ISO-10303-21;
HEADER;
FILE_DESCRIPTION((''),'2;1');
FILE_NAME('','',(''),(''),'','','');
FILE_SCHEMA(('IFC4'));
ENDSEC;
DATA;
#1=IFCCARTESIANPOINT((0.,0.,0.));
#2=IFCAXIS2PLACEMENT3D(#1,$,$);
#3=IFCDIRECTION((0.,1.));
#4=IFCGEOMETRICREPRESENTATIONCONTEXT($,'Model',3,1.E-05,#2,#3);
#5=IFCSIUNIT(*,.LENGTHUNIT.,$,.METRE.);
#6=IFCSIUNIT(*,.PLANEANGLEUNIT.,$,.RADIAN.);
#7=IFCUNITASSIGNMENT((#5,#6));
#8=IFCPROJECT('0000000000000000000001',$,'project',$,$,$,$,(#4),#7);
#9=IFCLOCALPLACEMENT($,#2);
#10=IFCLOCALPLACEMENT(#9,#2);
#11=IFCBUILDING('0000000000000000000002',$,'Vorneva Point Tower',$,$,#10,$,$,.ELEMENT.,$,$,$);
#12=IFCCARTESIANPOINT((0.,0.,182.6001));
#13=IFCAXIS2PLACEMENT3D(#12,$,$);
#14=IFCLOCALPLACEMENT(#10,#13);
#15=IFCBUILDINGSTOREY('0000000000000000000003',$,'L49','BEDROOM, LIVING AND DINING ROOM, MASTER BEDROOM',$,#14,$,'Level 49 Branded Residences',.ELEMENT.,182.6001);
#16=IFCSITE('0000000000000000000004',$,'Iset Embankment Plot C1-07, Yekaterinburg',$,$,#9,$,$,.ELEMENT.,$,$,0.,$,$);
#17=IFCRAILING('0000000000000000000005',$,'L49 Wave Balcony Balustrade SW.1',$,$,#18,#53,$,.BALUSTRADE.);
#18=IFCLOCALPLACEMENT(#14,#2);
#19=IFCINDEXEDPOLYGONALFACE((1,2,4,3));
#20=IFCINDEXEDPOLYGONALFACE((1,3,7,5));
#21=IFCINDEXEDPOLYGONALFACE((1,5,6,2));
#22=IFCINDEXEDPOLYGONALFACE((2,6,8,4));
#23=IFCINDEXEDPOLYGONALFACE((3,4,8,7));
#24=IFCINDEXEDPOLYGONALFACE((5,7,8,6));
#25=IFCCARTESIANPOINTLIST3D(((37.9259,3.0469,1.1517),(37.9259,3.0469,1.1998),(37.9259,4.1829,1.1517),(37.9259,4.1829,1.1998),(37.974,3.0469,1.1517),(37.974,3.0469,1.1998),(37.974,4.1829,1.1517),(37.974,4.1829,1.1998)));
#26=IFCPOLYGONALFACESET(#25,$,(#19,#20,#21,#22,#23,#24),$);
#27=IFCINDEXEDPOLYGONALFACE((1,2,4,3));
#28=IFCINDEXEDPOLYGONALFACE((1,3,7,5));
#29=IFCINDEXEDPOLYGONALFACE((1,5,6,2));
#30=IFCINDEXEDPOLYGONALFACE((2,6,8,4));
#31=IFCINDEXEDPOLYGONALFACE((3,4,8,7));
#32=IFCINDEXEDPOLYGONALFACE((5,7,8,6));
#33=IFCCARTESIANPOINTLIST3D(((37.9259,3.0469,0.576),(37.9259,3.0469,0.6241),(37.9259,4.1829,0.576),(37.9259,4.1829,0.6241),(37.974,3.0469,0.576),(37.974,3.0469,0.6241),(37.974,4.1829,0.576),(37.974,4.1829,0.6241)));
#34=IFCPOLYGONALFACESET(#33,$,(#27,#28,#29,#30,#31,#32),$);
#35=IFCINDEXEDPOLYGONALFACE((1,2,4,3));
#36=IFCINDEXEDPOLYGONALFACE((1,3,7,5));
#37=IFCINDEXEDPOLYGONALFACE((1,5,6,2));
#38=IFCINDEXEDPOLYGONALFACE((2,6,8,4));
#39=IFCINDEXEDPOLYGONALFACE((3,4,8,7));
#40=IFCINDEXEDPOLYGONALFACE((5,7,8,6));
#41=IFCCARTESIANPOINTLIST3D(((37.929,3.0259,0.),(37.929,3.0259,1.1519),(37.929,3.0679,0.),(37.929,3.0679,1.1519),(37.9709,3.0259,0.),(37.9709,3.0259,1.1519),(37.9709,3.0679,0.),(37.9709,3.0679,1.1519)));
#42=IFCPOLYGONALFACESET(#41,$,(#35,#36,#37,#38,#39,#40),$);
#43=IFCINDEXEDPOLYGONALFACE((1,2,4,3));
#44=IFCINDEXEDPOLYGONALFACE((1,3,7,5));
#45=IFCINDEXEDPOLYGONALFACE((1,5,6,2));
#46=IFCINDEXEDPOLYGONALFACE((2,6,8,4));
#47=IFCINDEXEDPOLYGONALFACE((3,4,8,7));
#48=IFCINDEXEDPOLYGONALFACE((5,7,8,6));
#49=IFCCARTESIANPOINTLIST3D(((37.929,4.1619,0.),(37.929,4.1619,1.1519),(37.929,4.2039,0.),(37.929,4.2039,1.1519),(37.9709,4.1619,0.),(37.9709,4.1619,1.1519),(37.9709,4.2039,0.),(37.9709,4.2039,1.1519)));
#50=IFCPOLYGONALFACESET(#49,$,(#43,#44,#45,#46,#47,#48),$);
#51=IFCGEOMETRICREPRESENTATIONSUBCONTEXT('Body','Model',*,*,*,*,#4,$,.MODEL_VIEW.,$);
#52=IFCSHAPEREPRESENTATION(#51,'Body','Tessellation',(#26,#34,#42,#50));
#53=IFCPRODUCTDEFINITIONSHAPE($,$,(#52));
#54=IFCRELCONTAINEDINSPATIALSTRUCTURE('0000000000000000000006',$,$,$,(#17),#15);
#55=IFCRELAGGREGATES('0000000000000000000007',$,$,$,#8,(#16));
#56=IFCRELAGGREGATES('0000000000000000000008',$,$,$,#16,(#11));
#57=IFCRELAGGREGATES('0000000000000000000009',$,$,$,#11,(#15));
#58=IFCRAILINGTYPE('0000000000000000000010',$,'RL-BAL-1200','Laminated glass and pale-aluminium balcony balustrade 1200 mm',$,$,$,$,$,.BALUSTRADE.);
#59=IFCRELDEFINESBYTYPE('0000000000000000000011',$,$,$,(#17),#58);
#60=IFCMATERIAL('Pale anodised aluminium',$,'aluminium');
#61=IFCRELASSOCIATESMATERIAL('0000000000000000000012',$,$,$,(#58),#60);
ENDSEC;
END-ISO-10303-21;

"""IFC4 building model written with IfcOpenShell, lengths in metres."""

from ifc_helpers import new_model, si_unit, direction, frame, origin, origin_2d, place, context, subcontext, project, spatial, rectangle, extrude, material, type_object, element, save


model = new_model("IFC4")

# Units and contexts
model_context = context("Model", 3, precision=1e-05, world=origin(), true_north=direction((0.0, 1.0)))
body_context = subcontext(model_context, "Body", "Model", "MODEL_VIEW")
ifc_project = project(units=[si_unit("LENGTHUNIT", "METRE"), si_unit("PLANEANGLEUNIT", "RADIAN")], contexts=[model_context])

# Site, building, storey
site_placement = place(None, origin())
site = spatial("IfcSite", under=ifc_project, at=site_placement, Name="Iset Embankment Plot C1-07, Yekaterinburg", CompositionType="ELEMENT", RefElevation=0.0)
building_placement = place(site_placement, origin())
building = spatial("IfcBuilding", under=site, at=building_placement, Name="Vorneva Point Tower", CompositionType="ELEMENT")
storey_placement = place(building_placement, frame((0.0, 0.0, 182.6001)))
storey = spatial("IfcBuildingStorey", under=building, at=storey_placement, Name="L49", Description="BEDROOM, LIVING AND DINING ROOM, MASTER BEDROOM", LongName="Level 49 Branded Residences", CompositionType="ELEMENT", Elevation=182.6001)

# Shared definitions
ifc_material_1 = material(Name="Pale anodised aluminium", Category="aluminium")

# Railing
railing_type = type_object("IfcRailingType", Name="RL-BAL-1200", Description="Laminated glass and pale-aluminium balcony balustrade 1200 mm", PredefinedType="BALUSTRADE", material=ifc_material_1)
railing_placement = place(storey_placement, frame((37.95, 3.0469, 0.0)))
element("IfcRailing", 1, at=railing_placement, inside=storey, type_object=railing_type, Name="L49 Wave Balcony Balustrade SW.1", PredefinedType="BALUSTRADE", context=body_context, shape_type="SweptSolid", body=[
    extrude(rectangle(XDim=0.0481, YDim=0.0481, at=origin_2d()), frame((0.0, 0.0, 1.1758), z_axis=(0.0, 1.0, 0.0), x_axis=(-1.0, 0.0, 0.0)), (0.0, 0.0, 1.0), 1.136),
    extrude(rectangle(XDim=0.0481, YDim=0.0481, at=origin_2d()), frame((0.0, 0.0, 0.6001), z_axis=(0.0, 1.0, 0.0), x_axis=(-1.0, 0.0, 0.0)), (0.0, 0.0, 1.0), 1.136),
    extrude(rectangle(XDim=0.042, YDim=0.042, at=origin_2d()), origin(), (0.0, 0.0, 1.0), 1.1519),
    extrude(rectangle(XDim=0.042, YDim=0.042, at=origin_2d()), frame((0.0, 1.136, 0.0)), (0.0, 0.0, 1.0), 1.1519),
])

save(model, "model.ifc")
